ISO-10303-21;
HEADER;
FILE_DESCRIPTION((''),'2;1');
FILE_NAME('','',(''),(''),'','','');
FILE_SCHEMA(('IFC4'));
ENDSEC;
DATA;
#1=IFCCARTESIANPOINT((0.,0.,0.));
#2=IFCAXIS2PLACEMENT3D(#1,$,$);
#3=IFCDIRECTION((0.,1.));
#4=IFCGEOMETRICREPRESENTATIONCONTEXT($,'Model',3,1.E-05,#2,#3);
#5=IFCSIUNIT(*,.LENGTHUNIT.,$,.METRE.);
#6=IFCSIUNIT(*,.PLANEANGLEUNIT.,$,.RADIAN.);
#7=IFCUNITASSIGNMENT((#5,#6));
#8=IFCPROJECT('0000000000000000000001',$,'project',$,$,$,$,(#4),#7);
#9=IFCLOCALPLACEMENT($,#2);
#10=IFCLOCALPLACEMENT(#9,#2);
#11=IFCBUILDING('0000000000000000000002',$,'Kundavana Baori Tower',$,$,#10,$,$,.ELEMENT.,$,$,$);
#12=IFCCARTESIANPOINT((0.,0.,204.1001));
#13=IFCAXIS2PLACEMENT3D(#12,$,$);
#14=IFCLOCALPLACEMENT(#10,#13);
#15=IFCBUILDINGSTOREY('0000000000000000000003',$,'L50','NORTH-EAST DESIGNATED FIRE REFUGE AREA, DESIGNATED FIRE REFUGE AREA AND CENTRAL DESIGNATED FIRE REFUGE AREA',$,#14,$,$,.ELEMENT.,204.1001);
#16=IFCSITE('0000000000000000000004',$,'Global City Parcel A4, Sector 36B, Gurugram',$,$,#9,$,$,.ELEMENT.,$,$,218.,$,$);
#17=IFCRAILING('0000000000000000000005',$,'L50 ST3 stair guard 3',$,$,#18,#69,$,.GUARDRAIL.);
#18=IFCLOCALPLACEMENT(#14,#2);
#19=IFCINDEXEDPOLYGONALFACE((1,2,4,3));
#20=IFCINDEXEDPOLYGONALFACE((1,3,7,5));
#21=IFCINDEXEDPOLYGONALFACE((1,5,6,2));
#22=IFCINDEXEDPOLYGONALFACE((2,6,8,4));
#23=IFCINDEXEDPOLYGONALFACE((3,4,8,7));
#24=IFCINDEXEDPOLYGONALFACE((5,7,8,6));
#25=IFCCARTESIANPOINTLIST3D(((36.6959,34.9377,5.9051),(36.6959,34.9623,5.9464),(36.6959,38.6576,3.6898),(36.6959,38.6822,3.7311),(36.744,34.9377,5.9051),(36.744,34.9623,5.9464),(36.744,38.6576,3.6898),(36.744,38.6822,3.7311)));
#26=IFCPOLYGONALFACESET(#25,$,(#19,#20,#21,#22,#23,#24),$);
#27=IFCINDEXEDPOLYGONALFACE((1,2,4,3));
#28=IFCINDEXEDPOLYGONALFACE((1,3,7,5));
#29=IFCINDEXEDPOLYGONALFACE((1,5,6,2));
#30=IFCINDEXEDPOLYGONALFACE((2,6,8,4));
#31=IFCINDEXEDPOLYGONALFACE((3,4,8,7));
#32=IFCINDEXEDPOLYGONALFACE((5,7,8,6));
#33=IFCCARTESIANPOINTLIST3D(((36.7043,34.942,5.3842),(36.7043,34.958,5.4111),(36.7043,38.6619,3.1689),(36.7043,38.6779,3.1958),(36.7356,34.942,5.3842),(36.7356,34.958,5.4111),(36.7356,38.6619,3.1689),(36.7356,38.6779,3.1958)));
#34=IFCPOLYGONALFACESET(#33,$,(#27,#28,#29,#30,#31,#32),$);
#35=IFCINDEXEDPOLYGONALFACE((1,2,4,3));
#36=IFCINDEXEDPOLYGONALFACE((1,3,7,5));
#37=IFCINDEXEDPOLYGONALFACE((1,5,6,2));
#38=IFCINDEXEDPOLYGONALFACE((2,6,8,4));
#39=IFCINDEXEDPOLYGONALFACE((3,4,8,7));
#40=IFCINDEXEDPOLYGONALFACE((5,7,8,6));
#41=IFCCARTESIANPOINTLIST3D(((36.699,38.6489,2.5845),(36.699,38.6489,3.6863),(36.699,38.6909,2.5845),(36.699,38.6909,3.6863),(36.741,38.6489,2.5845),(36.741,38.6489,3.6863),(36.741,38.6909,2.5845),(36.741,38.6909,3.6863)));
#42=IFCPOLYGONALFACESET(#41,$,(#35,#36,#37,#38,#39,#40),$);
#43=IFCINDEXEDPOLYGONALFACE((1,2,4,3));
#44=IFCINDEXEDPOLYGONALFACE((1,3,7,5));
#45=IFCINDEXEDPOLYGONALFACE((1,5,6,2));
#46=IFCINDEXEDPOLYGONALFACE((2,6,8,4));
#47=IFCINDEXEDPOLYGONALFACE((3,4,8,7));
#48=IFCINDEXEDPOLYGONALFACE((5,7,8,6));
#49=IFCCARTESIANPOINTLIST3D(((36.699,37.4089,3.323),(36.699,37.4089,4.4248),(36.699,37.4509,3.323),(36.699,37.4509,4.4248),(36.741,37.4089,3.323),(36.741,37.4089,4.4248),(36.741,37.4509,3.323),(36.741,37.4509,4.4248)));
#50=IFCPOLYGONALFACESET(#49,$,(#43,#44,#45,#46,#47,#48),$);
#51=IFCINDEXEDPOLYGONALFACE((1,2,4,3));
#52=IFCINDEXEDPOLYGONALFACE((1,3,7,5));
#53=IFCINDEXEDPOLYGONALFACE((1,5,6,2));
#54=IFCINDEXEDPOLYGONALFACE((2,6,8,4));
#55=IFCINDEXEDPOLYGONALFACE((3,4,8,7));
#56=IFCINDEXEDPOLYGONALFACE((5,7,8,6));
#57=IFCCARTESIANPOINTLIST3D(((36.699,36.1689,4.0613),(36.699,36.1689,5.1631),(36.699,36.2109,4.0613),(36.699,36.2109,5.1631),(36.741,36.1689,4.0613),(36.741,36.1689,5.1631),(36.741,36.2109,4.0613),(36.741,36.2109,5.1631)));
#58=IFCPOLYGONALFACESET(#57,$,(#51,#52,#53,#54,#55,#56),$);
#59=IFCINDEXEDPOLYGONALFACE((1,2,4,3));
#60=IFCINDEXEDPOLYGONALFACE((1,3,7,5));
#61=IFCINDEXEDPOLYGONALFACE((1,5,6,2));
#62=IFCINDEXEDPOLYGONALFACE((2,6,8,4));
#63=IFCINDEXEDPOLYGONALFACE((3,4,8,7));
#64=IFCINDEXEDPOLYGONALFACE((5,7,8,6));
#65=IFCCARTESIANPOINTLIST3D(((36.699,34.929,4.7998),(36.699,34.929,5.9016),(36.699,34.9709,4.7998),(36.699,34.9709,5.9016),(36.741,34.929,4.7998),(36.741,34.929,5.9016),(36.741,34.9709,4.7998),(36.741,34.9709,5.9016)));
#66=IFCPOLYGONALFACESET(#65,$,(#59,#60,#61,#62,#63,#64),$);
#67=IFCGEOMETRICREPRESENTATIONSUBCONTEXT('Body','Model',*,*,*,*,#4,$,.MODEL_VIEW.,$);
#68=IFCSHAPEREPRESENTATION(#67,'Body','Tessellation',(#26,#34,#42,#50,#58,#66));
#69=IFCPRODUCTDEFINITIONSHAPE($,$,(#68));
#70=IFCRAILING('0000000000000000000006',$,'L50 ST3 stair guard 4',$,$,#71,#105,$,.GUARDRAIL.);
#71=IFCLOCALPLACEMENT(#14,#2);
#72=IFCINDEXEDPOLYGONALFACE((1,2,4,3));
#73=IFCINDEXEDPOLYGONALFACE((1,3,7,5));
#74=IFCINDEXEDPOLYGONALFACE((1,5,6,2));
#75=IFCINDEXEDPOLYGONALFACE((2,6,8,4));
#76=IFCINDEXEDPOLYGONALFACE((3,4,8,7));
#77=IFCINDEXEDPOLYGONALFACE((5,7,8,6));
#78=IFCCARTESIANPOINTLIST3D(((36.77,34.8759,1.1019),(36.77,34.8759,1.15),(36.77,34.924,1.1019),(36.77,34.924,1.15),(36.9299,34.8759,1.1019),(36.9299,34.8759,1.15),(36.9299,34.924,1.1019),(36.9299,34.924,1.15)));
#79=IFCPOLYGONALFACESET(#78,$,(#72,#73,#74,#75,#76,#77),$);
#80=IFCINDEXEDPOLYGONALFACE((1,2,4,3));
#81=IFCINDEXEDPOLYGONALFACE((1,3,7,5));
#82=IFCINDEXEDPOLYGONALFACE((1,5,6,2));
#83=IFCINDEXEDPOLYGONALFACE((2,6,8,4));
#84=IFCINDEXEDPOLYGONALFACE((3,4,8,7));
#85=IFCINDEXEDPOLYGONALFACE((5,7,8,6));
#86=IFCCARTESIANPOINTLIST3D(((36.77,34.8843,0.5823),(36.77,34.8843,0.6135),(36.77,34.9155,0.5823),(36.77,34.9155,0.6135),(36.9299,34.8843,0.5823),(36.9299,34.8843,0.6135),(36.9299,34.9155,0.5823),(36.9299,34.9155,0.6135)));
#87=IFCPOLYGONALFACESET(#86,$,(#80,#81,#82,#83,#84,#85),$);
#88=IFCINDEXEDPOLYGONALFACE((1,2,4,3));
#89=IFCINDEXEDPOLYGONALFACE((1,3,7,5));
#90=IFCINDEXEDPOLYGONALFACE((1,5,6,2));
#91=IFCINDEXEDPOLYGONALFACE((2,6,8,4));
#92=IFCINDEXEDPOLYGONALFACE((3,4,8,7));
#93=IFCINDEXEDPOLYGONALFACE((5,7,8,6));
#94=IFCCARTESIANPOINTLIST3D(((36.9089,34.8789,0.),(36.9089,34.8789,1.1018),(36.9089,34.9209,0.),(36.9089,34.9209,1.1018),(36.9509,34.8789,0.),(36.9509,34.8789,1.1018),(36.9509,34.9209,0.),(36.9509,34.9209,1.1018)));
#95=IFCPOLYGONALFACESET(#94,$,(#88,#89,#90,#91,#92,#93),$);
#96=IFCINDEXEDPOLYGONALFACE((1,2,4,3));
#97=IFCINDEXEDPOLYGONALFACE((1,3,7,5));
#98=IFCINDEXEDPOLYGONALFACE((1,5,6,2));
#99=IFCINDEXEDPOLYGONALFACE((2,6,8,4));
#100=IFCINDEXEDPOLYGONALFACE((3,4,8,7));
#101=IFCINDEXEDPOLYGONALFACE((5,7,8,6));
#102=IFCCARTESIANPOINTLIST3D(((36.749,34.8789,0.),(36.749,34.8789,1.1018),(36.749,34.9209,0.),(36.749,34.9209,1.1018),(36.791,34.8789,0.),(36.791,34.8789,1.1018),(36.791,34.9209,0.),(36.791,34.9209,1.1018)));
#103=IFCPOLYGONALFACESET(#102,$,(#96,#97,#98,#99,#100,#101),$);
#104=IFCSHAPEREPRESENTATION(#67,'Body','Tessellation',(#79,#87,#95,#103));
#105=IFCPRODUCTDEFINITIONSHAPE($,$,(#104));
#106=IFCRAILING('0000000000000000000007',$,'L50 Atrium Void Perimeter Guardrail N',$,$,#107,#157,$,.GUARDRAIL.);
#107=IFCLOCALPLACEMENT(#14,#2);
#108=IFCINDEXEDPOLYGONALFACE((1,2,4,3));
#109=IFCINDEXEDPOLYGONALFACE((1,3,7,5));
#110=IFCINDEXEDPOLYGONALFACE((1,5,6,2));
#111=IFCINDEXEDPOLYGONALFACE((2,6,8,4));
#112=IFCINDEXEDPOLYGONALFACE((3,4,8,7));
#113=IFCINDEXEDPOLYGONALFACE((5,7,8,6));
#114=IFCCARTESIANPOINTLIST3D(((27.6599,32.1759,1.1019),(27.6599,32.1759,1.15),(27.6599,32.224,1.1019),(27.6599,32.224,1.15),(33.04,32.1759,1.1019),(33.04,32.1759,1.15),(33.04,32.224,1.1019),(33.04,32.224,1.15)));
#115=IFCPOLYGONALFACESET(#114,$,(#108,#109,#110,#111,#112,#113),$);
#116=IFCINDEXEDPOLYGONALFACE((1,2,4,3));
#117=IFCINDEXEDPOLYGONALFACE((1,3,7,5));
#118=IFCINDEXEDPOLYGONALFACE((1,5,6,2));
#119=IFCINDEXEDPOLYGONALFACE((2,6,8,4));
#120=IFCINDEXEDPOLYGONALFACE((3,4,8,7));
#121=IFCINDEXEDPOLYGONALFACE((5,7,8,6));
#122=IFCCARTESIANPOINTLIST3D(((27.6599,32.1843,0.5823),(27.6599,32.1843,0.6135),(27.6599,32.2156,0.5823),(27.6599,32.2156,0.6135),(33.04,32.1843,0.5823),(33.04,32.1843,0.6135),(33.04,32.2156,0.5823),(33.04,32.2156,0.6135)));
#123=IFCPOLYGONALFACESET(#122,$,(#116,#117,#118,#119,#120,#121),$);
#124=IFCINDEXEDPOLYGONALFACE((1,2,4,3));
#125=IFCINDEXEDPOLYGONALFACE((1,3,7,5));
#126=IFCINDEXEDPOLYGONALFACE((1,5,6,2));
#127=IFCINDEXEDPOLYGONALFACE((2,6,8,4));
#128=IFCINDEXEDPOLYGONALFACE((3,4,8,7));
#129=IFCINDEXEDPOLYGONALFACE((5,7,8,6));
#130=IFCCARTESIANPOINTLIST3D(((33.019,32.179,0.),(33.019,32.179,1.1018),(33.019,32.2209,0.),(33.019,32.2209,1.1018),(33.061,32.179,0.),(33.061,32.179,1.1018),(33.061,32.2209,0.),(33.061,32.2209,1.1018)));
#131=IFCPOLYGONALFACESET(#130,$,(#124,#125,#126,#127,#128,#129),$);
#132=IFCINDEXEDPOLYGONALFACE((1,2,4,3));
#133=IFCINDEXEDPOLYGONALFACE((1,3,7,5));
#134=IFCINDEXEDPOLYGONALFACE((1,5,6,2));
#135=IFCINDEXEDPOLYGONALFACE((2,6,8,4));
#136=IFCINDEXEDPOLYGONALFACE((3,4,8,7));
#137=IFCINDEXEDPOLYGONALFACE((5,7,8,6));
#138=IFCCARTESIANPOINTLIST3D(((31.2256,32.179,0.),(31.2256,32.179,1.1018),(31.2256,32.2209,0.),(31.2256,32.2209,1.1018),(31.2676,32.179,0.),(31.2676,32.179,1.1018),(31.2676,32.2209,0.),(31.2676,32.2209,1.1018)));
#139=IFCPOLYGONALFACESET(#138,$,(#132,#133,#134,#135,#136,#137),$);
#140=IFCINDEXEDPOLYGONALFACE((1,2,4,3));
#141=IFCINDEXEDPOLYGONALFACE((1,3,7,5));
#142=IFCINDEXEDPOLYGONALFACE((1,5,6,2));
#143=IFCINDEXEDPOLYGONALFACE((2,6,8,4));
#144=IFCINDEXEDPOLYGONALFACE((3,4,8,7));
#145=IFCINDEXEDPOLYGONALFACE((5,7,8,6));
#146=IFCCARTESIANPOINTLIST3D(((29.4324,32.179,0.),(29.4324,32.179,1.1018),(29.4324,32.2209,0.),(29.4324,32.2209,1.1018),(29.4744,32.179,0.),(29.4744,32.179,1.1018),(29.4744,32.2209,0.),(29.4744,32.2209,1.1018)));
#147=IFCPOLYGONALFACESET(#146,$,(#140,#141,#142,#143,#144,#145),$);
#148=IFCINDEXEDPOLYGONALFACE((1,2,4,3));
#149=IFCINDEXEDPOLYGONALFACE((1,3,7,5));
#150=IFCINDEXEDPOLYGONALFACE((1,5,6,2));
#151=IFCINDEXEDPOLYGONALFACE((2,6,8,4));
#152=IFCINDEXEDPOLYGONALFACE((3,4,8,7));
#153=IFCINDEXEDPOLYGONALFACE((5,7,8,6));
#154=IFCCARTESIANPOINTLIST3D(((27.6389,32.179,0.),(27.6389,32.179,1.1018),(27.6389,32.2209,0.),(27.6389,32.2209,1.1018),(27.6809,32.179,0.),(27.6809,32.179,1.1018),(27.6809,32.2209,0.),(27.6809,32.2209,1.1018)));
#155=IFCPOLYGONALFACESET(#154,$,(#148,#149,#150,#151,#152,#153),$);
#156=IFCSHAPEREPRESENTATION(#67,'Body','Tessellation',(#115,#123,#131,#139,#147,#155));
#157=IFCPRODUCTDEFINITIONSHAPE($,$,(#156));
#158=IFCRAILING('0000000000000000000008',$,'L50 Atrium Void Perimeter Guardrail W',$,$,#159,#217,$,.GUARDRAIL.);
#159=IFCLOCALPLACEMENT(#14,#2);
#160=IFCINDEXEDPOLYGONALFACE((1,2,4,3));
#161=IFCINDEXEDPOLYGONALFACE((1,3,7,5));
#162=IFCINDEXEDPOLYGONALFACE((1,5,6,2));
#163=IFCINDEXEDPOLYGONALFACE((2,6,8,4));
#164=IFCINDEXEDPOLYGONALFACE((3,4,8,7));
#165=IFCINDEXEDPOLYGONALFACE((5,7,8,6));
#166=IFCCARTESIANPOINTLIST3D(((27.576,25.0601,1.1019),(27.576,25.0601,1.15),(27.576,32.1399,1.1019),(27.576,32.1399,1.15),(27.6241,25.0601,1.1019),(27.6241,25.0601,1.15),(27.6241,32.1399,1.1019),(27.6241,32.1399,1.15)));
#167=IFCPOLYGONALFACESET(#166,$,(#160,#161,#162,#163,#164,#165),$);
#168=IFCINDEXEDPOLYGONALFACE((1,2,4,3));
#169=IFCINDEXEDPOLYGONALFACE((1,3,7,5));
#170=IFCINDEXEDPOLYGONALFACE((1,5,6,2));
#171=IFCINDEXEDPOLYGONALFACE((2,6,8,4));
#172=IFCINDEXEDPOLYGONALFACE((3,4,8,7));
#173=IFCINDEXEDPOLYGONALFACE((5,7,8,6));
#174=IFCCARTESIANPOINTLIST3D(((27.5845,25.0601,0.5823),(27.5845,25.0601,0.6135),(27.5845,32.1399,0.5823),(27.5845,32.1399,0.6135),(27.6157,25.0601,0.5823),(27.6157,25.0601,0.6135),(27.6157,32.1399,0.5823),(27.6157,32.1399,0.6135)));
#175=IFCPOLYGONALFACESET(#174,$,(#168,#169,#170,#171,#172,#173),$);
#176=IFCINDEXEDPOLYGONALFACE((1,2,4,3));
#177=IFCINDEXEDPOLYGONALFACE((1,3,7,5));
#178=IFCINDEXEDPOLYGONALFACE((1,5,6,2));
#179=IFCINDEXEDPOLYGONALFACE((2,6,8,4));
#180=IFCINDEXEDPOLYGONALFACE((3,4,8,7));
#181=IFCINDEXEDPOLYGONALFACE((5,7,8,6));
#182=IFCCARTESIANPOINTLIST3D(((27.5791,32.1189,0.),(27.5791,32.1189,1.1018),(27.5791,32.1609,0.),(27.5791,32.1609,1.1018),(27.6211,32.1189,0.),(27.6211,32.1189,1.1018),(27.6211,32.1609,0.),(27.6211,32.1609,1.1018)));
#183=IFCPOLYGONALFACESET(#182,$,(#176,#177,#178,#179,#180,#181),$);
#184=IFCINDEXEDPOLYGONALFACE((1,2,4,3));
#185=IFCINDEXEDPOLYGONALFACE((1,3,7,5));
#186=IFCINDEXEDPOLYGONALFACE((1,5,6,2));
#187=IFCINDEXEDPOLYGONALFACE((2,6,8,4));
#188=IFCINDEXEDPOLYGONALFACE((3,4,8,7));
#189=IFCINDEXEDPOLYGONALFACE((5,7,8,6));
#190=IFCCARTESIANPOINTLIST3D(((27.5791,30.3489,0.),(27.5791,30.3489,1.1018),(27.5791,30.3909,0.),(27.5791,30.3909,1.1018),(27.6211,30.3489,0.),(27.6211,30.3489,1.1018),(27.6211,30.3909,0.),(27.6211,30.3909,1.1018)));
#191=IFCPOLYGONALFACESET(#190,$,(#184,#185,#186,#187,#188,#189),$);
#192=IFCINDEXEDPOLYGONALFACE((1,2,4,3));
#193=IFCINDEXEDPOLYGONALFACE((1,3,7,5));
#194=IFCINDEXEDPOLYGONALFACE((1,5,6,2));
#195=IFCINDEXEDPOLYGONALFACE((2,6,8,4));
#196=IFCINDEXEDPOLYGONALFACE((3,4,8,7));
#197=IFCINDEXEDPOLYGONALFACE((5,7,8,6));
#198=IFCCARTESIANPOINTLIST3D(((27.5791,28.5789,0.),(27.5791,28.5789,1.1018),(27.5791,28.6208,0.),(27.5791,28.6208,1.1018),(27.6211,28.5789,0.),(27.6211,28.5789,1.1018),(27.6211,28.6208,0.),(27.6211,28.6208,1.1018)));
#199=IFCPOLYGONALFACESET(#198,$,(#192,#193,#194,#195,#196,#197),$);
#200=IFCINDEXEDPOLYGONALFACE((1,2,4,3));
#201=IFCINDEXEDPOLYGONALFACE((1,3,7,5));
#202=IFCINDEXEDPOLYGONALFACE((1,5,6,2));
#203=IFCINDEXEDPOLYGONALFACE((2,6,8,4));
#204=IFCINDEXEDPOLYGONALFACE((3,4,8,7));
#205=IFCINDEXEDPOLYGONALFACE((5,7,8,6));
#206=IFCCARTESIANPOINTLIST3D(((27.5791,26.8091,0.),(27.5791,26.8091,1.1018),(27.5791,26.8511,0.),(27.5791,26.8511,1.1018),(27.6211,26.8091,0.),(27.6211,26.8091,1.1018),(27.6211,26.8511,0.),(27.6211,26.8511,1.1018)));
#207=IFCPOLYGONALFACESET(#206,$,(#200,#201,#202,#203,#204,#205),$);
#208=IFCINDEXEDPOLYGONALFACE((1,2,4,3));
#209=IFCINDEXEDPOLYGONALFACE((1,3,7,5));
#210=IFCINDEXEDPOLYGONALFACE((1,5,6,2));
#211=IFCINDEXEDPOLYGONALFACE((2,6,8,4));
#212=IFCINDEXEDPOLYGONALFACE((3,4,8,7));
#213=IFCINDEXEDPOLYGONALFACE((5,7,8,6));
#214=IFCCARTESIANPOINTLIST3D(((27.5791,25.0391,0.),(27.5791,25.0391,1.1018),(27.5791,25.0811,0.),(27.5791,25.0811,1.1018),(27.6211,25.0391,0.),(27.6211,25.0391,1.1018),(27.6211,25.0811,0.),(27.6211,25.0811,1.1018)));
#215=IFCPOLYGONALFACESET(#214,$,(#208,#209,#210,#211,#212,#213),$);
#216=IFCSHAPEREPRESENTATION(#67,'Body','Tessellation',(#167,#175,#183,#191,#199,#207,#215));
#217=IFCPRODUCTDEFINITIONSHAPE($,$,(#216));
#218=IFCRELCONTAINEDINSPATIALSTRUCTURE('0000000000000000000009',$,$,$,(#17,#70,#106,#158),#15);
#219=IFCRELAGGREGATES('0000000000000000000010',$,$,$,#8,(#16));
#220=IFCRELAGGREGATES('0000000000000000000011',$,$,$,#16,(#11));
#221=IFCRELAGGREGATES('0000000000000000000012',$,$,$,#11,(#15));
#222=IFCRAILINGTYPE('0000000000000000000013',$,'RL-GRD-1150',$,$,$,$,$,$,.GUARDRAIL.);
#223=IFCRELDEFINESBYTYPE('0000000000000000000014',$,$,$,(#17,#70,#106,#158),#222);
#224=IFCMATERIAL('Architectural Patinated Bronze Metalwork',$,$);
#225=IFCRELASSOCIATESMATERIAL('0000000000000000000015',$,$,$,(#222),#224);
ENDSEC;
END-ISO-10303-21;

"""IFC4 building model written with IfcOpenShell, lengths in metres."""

from ifc_helpers import new_model, si_unit, direction, frame, origin, origin_2d, place, context, subcontext, project, spatial, rectangle, extrude, material, type_object, element, save


model = new_model("IFC4")

# Units and contexts
model_context = context("Model", 3, precision=1e-05, world=origin(), true_north=direction((0.0, 1.0)))
body_context = subcontext(model_context, "Body", "Model", "MODEL_VIEW")
ifc_project = project(units=[si_unit("LENGTHUNIT", "METRE"), si_unit("PLANEANGLEUNIT", "RADIAN")], contexts=[model_context])

# Site, building, storey
site_placement = place(None, origin())
site = spatial("IfcSite", under=ifc_project, at=site_placement, Name="Global City Parcel A4, Sector 36B, Gurugram", CompositionType="ELEMENT", RefElevation=218.0)
building_placement = place(site_placement, origin())
building = spatial("IfcBuilding", under=site, at=building_placement, Name="Kundavana Baori Tower", CompositionType="ELEMENT")
storey_placement = place(building_placement, frame((0.0, 0.0, 204.1001)))
storey = spatial("IfcBuildingStorey", under=building, at=storey_placement, Name="L50", Description="NORTH-EAST DESIGNATED FIRE REFUGE AREA, DESIGNATED FIRE REFUGE AREA AND CENTRAL DESIGNATED FIRE REFUGE AREA", CompositionType="ELEMENT", Elevation=204.1001)

# Railings
ifc_material_1 = material(Name="Architectural Patinated Bronze Metalwork")
railing_type_1 = type_object("IfcRailingType", Name="RL-GRD-1150", PredefinedType="GUARDRAIL", material=ifc_material_1)
railing_1_placement = place(storey_placement, frame((36.72, 38.6699, 2.5845)))
element("IfcRailing", 1, at=railing_1_placement, inside=storey, type_object=railing_type_1, Name="L50 ST3 stair guard 3", PredefinedType="GUARDRAIL", context=body_context, shape_type="SweptSolid", body=[
    extrude(rectangle(XDim=0.0481, YDim=0.0481, at=origin_2d()), frame((0.0, 0.0, 1.126), z_axis=(0.0, -0.859185, 0.511665), x_axis=(1.0, 0.0, 0.0)), (0.0, 0.0, 1.0), 4.3296),
    extrude(rectangle(XDim=0.0312, YDim=0.0312, at=origin_2d()), frame((0.0, 0.0, 0.5979), z_axis=(0.0, -0.859185, 0.511665), x_axis=(1.0, 0.0, 0.0)), (0.0, 0.0, 1.0), 4.3296),
    extrude(rectangle(XDim=0.042, YDim=0.042, at=origin_2d()), origin(), (0.0, 0.0, 1.0), 1.1018),
    extrude(rectangle(XDim=0.042, YDim=0.042, at=origin_2d()), frame((0.0, -1.24, 0.7385)), (0.0, 0.0, 1.0), 1.1018),
    extrude(rectangle(XDim=0.042, YDim=0.042, at=origin_2d()), frame((0.0, -2.48, 1.4768)), (0.0, 0.0, 1.0), 1.1018),
    extrude(rectangle(XDim=0.042, YDim=0.042, at=origin_2d()), frame((0.0, -3.72, 2.2153)), (0.0, 0.0, 1.0), 1.1018),
])
railing_2_placement = place(storey_placement, frame((36.9299, 34.8999, 0.0)))
element("IfcRailing", 2, at=railing_2_placement, inside=storey, type_object=railing_type_1, Name="L50 ST3 stair guard 4", PredefinedType="GUARDRAIL", context=body_context, shape_type="SweptSolid", body=[
    extrude(rectangle(XDim=0.0481, YDim=0.0481, at=origin_2d()), frame((0.0, 0.0, 1.126), z_axis=(-1.0, 0.0, 0.0), x_axis=(0.0, -1.0, 0.0)), (0.0, 0.0, 1.0), 0.1599),
    extrude(rectangle(XDim=0.0312, YDim=0.0312, at=origin_2d()), frame((0.0, 0.0, 0.5979), z_axis=(-1.0, 0.0, 0.0), x_axis=(0.0, -1.0, 0.0)), (0.0, 0.0, 1.0), 0.1599),
    extrude(rectangle(XDim=0.042, YDim=0.042, at=origin_2d()), origin(), (0.0, 0.0, 1.0), 1.1018),
    extrude(rectangle(XDim=0.042, YDim=0.042, at=origin_2d()), frame((-0.1599, 0.0, 0.0)), (0.0, 0.0, 1.0), 1.1018),
])
railing_3_placement = place(storey_placement, frame((33.04, 32.2, 0.0)))
element("IfcRailing", 3, at=railing_3_placement, inside=storey, type_object=railing_type_1, Name="L50 Atrium Void Perimeter Guardrail N", PredefinedType="GUARDRAIL", context=body_context, shape_type="SweptSolid", body=[
    extrude(rectangle(XDim=0.0481, YDim=0.0481, at=origin_2d()), frame((0.0, 0.0, 1.126), z_axis=(-1.0, 0.0, 0.0), x_axis=(0.0, -1.0, 0.0)), (0.0, 0.0, 1.0), 5.3801),
    extrude(rectangle(XDim=0.0312, YDim=0.0312, at=origin_2d()), frame((0.0, 0.0, 0.5979), z_axis=(-1.0, 0.0, 0.0), x_axis=(0.0, -1.0, 0.0)), (0.0, 0.0, 1.0), 5.3801),
    extrude(rectangle(XDim=0.042, YDim=0.042, at=origin_2d()), origin(), (0.0, 0.0, 1.0), 1.1018),
    extrude(rectangle(XDim=0.042, YDim=0.042, at=origin_2d()), frame((-1.7935, 0.0, 0.0)), (0.0, 0.0, 1.0), 1.1018),
    extrude(rectangle(XDim=0.042, YDim=0.042, at=origin_2d()), frame((-3.5867, 0.0, 0.0)), (0.0, 0.0, 1.0), 1.1018),
    extrude(rectangle(XDim=0.042, YDim=0.042, at=origin_2d()), frame((-5.3801, 0.0, 0.0)), (0.0, 0.0, 1.0), 1.1018),
])
railing_4_placement = place(storey_placement, frame((27.6001, 32.1399, 0.0)))
element("IfcRailing", 4, at=railing_4_placement, inside=storey, type_object=railing_type_1, Name="L50 Atrium Void Perimeter Guardrail W", PredefinedType="GUARDRAIL", context=body_context, shape_type="SweptSolid", body=[
    extrude(rectangle(XDim=0.0481, YDim=0.0481, at=origin_2d()), frame((0.0, 0.0, 1.126), z_axis=(0.0, -1.0, 0.0), x_axis=(1.0, 0.0, 0.0)), (0.0, 0.0, 1.0), 7.0798),
    extrude(rectangle(XDim=0.0312, YDim=0.0312, at=origin_2d()), frame((0.0, 0.0, 0.5979), z_axis=(0.0, -1.0, 0.0), x_axis=(1.0, 0.0, 0.0)), (0.0, 0.0, 1.0), 7.0798),
    extrude(rectangle(XDim=0.042, YDim=0.042, at=origin_2d()), origin(), (0.0, 0.0, 1.0), 1.1018),
    extrude(rectangle(XDim=0.042, YDim=0.042, at=origin_2d()), frame((0.0, -1.77, 0.0)), (0.0, 0.0, 1.0), 1.1018),
    extrude(rectangle(XDim=0.042, YDim=0.042, at=origin_2d()), frame((0.0, -3.54, 0.0)), (0.0, 0.0, 1.0), 1.1018),
    extrude(rectangle(XDim=0.042, YDim=0.042, at=origin_2d()), frame((0.0, -5.3098, 0.0)), (0.0, 0.0, 1.0), 1.1018),
    extrude(rectangle(XDim=0.042, YDim=0.042, at=origin_2d()), frame((0.0, -7.0798, 0.0)), (0.0, 0.0, 1.0), 1.1018),
])

save(model, "model.ifc")
